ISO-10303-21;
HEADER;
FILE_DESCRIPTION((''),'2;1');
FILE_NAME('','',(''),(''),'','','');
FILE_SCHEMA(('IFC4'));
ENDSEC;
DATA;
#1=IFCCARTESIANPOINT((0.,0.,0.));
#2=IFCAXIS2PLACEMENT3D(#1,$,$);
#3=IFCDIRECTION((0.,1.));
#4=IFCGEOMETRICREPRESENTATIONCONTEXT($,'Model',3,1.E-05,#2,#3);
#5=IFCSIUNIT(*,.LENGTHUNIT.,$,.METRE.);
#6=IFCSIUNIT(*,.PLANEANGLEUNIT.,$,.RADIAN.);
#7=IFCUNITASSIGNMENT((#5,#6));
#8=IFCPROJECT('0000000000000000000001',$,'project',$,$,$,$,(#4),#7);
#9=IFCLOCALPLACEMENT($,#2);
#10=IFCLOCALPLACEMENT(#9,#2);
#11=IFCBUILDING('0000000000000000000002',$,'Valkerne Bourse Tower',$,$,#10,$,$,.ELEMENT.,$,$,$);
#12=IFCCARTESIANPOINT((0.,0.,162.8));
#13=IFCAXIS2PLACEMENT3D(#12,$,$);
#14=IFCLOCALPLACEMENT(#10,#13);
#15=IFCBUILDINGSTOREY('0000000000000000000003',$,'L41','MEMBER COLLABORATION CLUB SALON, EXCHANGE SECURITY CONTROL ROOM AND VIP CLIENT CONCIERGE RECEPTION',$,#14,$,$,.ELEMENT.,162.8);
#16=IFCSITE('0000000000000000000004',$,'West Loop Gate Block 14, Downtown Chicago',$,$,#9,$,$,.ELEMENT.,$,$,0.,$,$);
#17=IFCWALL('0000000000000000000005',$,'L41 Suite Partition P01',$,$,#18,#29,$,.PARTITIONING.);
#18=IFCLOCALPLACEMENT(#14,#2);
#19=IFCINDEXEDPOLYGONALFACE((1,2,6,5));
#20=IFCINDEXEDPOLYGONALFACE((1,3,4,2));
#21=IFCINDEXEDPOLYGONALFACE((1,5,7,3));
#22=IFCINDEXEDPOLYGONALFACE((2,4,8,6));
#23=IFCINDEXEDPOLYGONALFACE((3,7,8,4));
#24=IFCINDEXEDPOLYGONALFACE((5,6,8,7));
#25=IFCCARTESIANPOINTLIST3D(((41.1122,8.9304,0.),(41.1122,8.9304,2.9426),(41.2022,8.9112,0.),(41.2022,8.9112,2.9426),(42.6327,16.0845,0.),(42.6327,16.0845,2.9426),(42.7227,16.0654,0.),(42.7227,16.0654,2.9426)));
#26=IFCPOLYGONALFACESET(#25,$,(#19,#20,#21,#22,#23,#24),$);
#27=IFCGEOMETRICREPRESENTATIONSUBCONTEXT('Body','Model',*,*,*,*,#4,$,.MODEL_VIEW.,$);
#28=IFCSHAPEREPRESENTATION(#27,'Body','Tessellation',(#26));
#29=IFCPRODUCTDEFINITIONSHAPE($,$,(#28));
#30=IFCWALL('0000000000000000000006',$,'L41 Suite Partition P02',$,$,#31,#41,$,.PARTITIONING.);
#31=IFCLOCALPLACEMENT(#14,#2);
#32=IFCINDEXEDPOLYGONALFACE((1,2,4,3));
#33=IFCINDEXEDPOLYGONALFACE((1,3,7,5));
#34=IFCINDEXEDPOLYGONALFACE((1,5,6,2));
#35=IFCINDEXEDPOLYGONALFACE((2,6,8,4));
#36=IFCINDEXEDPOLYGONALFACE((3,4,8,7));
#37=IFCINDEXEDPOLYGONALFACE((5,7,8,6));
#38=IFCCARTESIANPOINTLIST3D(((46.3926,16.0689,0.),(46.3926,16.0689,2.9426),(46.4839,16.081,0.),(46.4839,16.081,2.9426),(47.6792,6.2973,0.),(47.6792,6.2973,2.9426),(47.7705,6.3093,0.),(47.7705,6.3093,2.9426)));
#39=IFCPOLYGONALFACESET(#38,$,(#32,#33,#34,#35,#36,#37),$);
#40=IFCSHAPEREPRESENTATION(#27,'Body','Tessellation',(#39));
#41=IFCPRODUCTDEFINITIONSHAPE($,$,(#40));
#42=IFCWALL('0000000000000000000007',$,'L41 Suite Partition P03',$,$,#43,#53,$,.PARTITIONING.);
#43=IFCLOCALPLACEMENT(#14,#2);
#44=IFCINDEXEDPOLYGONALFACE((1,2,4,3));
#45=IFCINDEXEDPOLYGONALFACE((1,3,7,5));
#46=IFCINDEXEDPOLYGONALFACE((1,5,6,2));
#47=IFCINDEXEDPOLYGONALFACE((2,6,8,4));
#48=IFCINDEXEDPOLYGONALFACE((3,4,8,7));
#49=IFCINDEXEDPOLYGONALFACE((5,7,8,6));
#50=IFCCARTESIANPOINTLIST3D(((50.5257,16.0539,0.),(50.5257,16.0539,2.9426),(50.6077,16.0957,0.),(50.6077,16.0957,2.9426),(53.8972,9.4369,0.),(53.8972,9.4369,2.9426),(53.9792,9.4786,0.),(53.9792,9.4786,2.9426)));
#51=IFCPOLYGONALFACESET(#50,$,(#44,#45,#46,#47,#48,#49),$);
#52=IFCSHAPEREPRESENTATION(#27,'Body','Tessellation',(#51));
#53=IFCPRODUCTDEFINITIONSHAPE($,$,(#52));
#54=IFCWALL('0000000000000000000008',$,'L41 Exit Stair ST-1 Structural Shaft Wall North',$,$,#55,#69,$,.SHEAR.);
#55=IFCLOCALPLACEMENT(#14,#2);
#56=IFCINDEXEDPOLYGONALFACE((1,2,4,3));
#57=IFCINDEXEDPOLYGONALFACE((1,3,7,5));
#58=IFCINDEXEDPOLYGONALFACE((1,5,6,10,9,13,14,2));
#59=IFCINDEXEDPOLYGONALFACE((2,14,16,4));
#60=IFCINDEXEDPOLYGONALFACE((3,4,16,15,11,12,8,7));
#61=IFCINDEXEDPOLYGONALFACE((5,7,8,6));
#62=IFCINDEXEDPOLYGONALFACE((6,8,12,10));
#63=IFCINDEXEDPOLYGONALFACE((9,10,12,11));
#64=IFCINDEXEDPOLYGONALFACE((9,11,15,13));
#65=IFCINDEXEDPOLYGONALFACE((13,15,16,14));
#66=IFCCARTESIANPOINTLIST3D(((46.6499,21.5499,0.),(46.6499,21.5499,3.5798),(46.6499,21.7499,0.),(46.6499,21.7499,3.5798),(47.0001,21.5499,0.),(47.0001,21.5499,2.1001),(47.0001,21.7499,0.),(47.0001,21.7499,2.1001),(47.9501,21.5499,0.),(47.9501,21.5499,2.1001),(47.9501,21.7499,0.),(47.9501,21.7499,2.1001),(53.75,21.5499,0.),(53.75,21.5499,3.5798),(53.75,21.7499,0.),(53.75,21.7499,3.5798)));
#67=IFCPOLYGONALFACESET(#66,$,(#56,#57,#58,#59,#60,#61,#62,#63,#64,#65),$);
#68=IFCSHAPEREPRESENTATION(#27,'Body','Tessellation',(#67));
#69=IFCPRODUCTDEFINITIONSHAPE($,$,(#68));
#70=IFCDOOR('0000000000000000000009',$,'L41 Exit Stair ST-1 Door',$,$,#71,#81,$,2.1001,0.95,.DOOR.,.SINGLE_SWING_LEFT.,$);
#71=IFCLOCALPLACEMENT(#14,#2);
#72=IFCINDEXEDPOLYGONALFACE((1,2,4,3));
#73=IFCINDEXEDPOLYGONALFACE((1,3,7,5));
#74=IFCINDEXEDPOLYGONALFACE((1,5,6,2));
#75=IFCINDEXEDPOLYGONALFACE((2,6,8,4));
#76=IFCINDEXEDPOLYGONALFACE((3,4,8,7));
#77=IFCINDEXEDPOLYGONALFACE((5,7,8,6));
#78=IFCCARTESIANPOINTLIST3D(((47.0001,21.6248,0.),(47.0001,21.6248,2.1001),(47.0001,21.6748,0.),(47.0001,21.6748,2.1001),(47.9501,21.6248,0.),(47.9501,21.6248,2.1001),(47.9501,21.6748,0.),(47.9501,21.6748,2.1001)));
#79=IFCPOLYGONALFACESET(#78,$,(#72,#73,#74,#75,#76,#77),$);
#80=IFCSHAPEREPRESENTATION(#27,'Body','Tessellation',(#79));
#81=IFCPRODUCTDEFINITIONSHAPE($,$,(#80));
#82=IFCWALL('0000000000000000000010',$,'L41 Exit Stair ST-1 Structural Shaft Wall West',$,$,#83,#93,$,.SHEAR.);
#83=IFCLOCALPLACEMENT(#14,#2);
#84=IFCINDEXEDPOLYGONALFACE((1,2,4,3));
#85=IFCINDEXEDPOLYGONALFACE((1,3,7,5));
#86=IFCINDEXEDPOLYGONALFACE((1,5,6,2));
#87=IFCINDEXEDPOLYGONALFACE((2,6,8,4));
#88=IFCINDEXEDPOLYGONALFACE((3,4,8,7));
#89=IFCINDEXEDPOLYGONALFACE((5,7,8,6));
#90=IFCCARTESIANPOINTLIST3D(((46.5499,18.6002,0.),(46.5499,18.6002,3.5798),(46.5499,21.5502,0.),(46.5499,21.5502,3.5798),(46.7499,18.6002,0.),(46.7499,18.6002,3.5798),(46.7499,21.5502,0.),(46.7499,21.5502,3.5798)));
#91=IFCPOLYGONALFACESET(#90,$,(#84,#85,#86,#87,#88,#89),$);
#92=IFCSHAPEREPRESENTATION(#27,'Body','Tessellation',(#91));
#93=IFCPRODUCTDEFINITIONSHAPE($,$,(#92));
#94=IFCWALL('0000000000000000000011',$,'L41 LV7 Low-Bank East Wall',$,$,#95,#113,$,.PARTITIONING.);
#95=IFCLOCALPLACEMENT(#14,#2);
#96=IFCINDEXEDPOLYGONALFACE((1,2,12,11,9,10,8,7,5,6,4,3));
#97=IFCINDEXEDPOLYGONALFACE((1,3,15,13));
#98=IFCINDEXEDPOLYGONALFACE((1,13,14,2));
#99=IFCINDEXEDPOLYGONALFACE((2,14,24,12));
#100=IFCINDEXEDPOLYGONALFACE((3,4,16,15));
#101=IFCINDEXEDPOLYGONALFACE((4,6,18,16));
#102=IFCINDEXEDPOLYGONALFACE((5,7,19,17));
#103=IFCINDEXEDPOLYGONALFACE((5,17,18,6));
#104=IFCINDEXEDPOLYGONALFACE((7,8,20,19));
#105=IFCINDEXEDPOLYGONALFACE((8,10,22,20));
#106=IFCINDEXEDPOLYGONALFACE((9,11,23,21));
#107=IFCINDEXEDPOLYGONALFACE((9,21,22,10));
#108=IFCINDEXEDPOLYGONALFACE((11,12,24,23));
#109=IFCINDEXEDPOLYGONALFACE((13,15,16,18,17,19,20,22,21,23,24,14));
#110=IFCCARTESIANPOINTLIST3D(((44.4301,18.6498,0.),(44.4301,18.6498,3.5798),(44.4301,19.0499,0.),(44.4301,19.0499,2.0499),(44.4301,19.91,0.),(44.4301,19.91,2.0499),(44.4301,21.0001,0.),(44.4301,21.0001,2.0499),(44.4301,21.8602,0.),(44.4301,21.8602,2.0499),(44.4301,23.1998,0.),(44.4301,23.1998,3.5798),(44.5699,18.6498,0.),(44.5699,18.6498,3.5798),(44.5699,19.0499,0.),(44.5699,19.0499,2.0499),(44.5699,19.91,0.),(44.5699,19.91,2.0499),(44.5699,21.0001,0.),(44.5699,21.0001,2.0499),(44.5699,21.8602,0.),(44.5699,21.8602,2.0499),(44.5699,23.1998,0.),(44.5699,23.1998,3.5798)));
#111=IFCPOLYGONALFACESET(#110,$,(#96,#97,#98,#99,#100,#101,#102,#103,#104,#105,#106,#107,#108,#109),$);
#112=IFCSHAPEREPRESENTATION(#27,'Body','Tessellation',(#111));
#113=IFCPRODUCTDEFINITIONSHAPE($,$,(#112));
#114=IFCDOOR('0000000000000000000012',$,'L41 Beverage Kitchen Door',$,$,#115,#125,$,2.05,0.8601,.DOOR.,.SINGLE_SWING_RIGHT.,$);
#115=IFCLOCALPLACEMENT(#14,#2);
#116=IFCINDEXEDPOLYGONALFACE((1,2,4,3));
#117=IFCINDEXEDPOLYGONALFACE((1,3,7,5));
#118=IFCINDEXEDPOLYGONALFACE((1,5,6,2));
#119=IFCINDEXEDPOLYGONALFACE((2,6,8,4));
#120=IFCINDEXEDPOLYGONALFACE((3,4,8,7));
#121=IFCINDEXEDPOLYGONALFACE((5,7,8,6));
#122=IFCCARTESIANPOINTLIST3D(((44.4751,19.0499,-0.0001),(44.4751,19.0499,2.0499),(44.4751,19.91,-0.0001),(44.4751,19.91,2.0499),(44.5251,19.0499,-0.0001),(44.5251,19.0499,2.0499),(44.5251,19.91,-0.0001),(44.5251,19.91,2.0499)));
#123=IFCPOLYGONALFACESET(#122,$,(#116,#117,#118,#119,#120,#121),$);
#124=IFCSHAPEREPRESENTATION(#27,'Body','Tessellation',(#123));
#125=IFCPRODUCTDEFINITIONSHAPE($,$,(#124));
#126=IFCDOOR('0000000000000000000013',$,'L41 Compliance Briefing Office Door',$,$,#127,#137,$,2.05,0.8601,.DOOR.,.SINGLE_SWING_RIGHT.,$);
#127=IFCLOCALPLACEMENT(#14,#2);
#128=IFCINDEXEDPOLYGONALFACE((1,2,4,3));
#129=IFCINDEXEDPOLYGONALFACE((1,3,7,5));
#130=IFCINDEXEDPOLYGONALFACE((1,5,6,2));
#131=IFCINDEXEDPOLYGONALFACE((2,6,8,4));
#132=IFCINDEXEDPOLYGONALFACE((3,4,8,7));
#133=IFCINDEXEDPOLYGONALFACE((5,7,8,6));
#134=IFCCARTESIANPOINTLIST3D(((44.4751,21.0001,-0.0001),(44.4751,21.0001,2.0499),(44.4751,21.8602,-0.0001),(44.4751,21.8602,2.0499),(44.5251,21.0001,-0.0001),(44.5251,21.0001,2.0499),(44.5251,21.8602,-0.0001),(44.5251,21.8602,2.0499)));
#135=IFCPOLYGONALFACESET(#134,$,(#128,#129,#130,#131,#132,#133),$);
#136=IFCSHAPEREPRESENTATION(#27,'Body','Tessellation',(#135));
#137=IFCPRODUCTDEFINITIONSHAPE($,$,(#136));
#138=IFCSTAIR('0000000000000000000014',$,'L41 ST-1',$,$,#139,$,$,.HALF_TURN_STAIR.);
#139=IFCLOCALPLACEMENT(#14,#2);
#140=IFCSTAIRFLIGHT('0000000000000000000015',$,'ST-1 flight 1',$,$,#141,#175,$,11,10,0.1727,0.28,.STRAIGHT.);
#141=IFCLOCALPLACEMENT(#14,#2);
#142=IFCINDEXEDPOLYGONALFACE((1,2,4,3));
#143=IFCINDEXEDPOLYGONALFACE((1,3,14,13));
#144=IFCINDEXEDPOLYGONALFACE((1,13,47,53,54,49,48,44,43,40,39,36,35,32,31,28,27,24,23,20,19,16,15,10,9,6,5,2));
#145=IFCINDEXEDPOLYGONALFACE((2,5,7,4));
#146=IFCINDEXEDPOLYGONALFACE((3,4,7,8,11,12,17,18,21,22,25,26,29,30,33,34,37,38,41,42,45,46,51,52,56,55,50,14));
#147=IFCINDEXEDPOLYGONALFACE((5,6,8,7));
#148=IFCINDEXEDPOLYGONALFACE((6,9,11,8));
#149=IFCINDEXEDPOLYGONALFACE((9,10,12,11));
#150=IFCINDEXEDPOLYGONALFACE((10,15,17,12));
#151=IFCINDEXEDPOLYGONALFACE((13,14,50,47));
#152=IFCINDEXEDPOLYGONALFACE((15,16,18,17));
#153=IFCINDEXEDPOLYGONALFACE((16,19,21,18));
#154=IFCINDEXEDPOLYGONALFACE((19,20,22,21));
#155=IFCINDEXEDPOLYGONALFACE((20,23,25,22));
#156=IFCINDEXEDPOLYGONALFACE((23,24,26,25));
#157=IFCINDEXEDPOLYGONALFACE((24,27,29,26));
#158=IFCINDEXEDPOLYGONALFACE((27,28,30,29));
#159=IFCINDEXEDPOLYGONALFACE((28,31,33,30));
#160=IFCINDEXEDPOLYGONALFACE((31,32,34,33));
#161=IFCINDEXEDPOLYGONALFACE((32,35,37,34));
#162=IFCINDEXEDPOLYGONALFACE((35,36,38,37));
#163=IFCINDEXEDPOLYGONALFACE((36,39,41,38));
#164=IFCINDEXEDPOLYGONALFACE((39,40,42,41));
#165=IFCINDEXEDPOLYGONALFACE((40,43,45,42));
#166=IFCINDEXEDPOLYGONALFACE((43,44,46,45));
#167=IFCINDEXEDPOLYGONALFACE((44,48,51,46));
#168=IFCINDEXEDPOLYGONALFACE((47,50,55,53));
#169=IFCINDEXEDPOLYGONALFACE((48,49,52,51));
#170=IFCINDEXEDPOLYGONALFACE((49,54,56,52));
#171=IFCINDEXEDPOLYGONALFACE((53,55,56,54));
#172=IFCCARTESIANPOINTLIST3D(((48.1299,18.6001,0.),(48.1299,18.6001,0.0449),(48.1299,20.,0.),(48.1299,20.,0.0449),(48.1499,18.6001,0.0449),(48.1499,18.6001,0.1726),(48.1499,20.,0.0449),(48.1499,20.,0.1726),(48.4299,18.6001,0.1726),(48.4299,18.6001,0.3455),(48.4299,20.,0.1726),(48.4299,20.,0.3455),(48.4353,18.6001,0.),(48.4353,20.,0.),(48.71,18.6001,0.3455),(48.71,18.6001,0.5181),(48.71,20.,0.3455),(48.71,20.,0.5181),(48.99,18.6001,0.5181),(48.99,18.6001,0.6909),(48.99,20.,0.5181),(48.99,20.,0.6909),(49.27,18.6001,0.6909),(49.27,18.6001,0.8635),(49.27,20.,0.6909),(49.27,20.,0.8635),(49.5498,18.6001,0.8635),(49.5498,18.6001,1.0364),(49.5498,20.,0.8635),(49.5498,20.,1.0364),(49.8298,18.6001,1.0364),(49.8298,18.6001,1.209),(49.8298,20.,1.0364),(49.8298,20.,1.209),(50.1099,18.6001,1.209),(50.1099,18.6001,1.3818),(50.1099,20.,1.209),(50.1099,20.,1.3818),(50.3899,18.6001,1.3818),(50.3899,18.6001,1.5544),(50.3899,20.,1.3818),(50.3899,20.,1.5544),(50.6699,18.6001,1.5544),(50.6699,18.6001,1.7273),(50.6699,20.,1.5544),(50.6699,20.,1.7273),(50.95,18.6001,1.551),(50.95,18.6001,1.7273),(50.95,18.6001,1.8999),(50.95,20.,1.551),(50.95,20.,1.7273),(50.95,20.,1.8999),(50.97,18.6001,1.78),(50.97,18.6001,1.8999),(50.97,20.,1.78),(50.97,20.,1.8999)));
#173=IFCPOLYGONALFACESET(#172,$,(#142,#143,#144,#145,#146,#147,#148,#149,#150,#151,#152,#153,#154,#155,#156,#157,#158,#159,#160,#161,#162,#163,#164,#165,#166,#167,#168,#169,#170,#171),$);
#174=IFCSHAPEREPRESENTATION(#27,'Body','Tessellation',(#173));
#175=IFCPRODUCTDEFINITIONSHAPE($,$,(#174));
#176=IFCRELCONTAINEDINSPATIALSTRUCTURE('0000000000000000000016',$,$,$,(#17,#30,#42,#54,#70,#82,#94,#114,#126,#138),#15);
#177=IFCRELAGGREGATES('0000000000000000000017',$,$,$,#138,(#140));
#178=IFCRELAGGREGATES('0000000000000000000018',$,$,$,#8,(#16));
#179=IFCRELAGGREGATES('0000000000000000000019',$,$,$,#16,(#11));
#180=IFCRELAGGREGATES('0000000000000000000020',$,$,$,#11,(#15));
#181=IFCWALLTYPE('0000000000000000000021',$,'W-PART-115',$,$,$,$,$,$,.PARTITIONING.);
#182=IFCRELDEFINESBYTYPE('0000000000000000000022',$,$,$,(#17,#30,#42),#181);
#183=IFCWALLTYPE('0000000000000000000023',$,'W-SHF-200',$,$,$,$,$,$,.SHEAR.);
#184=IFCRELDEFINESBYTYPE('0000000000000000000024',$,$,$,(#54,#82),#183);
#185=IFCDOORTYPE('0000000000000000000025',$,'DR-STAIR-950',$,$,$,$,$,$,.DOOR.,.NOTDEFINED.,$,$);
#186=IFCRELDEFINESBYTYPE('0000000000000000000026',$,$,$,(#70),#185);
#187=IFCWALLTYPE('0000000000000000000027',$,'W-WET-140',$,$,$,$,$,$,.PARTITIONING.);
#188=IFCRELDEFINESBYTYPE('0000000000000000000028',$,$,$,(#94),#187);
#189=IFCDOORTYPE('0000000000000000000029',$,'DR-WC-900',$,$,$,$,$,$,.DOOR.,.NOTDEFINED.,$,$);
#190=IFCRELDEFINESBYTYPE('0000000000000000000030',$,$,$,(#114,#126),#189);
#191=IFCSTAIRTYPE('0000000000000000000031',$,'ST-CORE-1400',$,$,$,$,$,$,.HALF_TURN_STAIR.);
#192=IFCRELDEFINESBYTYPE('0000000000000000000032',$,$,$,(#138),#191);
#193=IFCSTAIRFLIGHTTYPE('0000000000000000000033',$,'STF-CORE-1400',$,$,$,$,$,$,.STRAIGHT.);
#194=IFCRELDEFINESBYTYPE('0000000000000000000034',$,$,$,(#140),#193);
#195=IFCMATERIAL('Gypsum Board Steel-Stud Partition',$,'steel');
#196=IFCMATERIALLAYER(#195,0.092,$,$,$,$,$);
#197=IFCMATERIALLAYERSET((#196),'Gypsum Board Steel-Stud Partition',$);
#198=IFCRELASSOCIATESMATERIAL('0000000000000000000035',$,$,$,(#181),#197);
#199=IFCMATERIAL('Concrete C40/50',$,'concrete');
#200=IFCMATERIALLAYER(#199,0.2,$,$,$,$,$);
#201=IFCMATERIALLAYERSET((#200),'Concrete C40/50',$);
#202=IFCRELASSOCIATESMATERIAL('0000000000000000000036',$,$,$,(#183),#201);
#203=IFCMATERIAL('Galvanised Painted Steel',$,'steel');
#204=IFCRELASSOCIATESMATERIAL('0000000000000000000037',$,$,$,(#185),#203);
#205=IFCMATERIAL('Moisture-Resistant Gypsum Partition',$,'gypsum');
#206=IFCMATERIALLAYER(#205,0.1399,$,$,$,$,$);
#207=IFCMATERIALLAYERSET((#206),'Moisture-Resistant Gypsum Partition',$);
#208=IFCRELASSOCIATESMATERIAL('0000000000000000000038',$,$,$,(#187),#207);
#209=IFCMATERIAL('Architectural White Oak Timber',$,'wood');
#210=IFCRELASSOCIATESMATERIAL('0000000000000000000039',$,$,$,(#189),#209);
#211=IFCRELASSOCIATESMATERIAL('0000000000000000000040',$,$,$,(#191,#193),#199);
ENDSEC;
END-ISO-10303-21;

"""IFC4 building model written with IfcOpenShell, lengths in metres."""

from ifc_helpers import new_model, si_unit, direction, frame, frame_2d, origin, place, context, subcontext, project, spatial, polyline, rectangle, outline, extrude, material, layer, layer_set, type_object, element, fill, aggregate, save


model = new_model("IFC4")

# Units and contexts
model_context = context("Model", 3, precision=1e-05, world=origin(), true_north=direction((0.0, 1.0)))
body_context = subcontext(model_context, "Body", "Model", "MODEL_VIEW")
ifc_project = project(units=[si_unit("LENGTHUNIT", "METRE"), si_unit("PLANEANGLEUNIT", "RADIAN")], contexts=[model_context])

# Site, building, storey
site_placement = place(None, origin())
site = spatial("IfcSite", under=ifc_project, at=site_placement, Name="West Loop Gate Block 14, Downtown Chicago", CompositionType="ELEMENT", RefElevation=0.0)
building_placement = place(site_placement, origin())
building = spatial("IfcBuilding", under=site, at=building_placement, Name="Valkerne Bourse Tower", CompositionType="ELEMENT")
storey_placement = place(building_placement, frame((0.0, 0.0, 162.8)))
storey = spatial("IfcBuildingStorey", under=building, at=storey_placement, Name="L41", Description="MEMBER COLLABORATION CLUB SALON, EXCHANGE SECURITY CONTROL ROOM AND VIP CLIENT CONCIERGE RECEPTION", CompositionType="ELEMENT", Elevation=162.8)

# Shared definitions
ifc_material_1 = material(Name="Galvanised Painted Steel", Category="steel")

# Walls
ifc_material_2 = material(Name="Gypsum Board Steel-Stud Partition", Category="steel")
ifc_layer_1 = layer(ifc_material_2, 0.092)
ifc_layer_set_1 = layer_set([ifc_layer_1], Name="Gypsum Board Steel-Stud Partition")
wall_type_1 = type_object("IfcWallType", Name="W-PART-115", PredefinedType="PARTITIONING", material=ifc_layer_set_1)
wall_1_placement = place(storey_placement, frame((42.6777, 16.075, 0.0), z_axis=(0.0, 0.0, 1.0), x_axis=(-0.207894, -0.978151, 0.0)))
element("IfcWall", 1, at=wall_1_placement, inside=storey, type_object=wall_type_1, Name="L41 Suite Partition P01", PredefinedType="PARTITIONING", context=body_context, shape_type="SweptSolid", body=[
    extrude(rectangle(XDim=7.314, YDim=0.092, at=frame_2d((3.657, 0.0))), origin(), (0.0, 0.0, 1.0), 2.9426),
])
wall_2_placement = place(storey_placement, frame((46.4382, 16.075, 0.0), z_axis=(0.0, 0.0, 1.0), x_axis=(0.130541, -0.991443, 0.0)))
element("IfcWall", 2, at=wall_2_placement, inside=storey, type_object=wall_type_1, Name="L41 Suite Partition P02", PredefinedType="PARTITIONING", context=body_context, shape_type="SweptSolid", body=[
    extrude(rectangle(XDim=9.856, YDim=0.092, at=frame_2d((4.928, 0.0))), origin(), (0.0, 0.0, 1.0), 2.9426),
])
wall_3_placement = place(storey_placement, frame((50.5667, 16.075, 0.0), z_axis=(0.0, 0.0, 1.0), x_axis=(0.453986, -0.891009, 0.0)))
element("IfcWall", 3, at=wall_3_placement, inside=storey, type_object=wall_type_1, Name="L41 Suite Partition P03", PredefinedType="PARTITIONING", context=body_context, shape_type="SweptSolid", body=[
    extrude(rectangle(XDim=7.4265, YDim=0.092, at=frame_2d((3.7134, 0.0))), origin(), (0.0, 0.0, 1.0), 2.9426),
])

# Wall, opening, door
ifc_material_3 = material(Name="Concrete C40/50", Category="concrete")
ifc_layer_2 = layer(ifc_material_3, 0.2)
ifc_layer_set_2 = layer_set([ifc_layer_2], Name="Concrete C40/50")
wall_type_2 = type_object("IfcWallType", Name="W-SHF-200", PredefinedType="SHEAR", material=ifc_layer_set_2)
wall_4_placement = place(storey_placement, frame((46.6499, 21.6499, 0.0), z_axis=(0.0, 0.0, 1.0), x_axis=(1.0, 0.0, 0.0)))
wall_4 = element("IfcWall", 4, at=wall_4_placement, inside=storey, type_object=wall_type_2, Name="L41 Exit Stair ST-1 Structural Shaft Wall North", PredefinedType="SHEAR", context=body_context, shape_type="SweptSolid", body=[
    extrude(rectangle(XDim=7.1001, YDim=0.2, at=frame_2d((3.55, 0.0))), origin(), (0.0, 0.0, 1.0), 3.5798),
])
opening_1_placement = place(wall_4_placement, frame((0.3501, 0.0, 0.0)))
opening_1 = element("IfcOpeningElement", 5, at=opening_1_placement, cuts=wall_4, PredefinedType="OPENING", context=body_context, shape_type="SweptSolid", body=[
    extrude(rectangle(XDim=0.95, YDim=2.1001, at=frame_2d((0.4751, 1.05))), frame((0.0, 0.1099, 0.0), z_axis=(0.0, -1.0, 0.0), x_axis=(1.0, 0.0, 0.0)), (0.0, 0.0, 1.0), 0.22),
])
door_type_1 = type_object("IfcDoorType", Name="DR-STAIR-950", OperationType="NOTDEFINED", PredefinedType="DOOR", material=ifc_material_1)
door_1_placement = place(opening_1_placement, origin())
door_1 = element("IfcDoor", 6, at=door_1_placement, inside=storey, type_object=door_type_1, Name="L41 Exit Stair ST-1 Door", OperationType="SINGLE_SWING_LEFT", OverallHeight=2.1001, OverallWidth=0.95, PredefinedType="DOOR", context=body_context, shape_type="SweptSolid", body=[
    extrude(rectangle(XDim=0.95, YDim=2.1001, at=frame_2d((0.4751, 1.05))), frame((0.0, 0.0249, 0.0), z_axis=(0.0, -1.0, 0.0), x_axis=(1.0, 0.0, 0.0)), (0.0, 0.0, 1.0), 0.05),
])
fill(opening_1, door_1)

# Wall
wall_5_placement = place(storey_placement, frame((46.6499, 18.6001, 0.0), z_axis=(0.0, 0.0, 1.0), x_axis=(0.0, 1.0, 0.0)))
element("IfcWall", 7, at=wall_5_placement, inside=storey, type_object=wall_type_2, Name="L41 Exit Stair ST-1 Structural Shaft Wall West", PredefinedType="SHEAR", context=body_context, shape_type="SweptSolid", body=[
    extrude(rectangle(XDim=2.95, YDim=0.2, at=frame_2d((1.4751, 0.0))), origin(), (0.0, 0.0, 1.0), 3.5798),
])

# Wall, openings, doors
ifc_material_4 = material(Name="Moisture-Resistant Gypsum Partition", Category="gypsum")
ifc_layer_3 = layer(ifc_material_4, 0.1399)
ifc_layer_set_3 = layer_set([ifc_layer_3], Name="Moisture-Resistant Gypsum Partition")
wall_type_3 = type_object("IfcWallType", Name="W-WET-140", PredefinedType="PARTITIONING", material=ifc_layer_set_3)
wall_6_placement = place(storey_placement, frame((44.5, 18.6499, 0.0), z_axis=(0.0, 0.0, 1.0), x_axis=(0.0, 1.0, 0.0)))
wall_6 = element("IfcWall", 8, at=wall_6_placement, inside=storey, type_object=wall_type_3, Name="L41 LV7 Low-Bank East Wall", PredefinedType="PARTITIONING", context=body_context, shape_type="SweptSolid", body=[
    extrude(rectangle(XDim=4.55, YDim=0.1399, at=frame_2d((2.2749, 0.0))), origin(), (0.0, 0.0, 1.0), 3.5798),
])
opening_2_placement = place(wall_6_placement, frame((0.3999, 0.0, 0.0)))
opening_2 = element("IfcOpeningElement", 9, at=opening_2_placement, cuts=wall_6, PredefinedType="OPENING", context=body_context, shape_type="SweptSolid", body=[
    extrude(rectangle(XDim=0.8601, YDim=2.05, at=frame_2d((0.4302, 1.0249))), frame((0.0, 0.0798, 0.0), z_axis=(0.0, -1.0, 0.0), x_axis=(1.0, 0.0, 0.0)), (0.0, 0.0, 1.0), 0.1599),
])
opening_3_placement = place(wall_6_placement, frame((2.3501, 0.0, 0.0)))
opening_3 = element("IfcOpeningElement", 10, at=opening_3_placement, cuts=wall_6, PredefinedType="OPENING", context=body_context, shape_type="SweptSolid", body=[
    extrude(rectangle(XDim=0.8601, YDim=2.05, at=frame_2d((0.4302, 1.0249))), frame((0.0, 0.0798, 0.0), z_axis=(0.0, -1.0, 0.0), x_axis=(1.0, 0.0, 0.0)), (0.0, 0.0, 1.0), 0.1599),
])
ifc_material_5 = material(Name="Architectural White Oak Timber", Category="wood")
door_type_2 = type_object("IfcDoorType", Name="DR-WC-900", OperationType="NOTDEFINED", PredefinedType="DOOR", material=ifc_material_5)
door_2_placement = place(opening_2_placement, origin())
door_2 = element("IfcDoor", 11, at=door_2_placement, inside=storey, type_object=door_type_2, Name="L41 Beverage Kitchen Door", OperationType="SINGLE_SWING_RIGHT", OverallHeight=2.05, OverallWidth=0.8601, PredefinedType="DOOR", context=body_context, shape_type="SweptSolid", body=[
    extrude(rectangle(XDim=0.8601, YDim=2.05, at=frame_2d((0.4302, 1.0249))), frame((0.0, 0.0249, 0.0), z_axis=(0.0, -1.0, 0.0), x_axis=(1.0, 0.0, 0.0)), (0.0, 0.0, 1.0), 0.05),
])
fill(opening_2, door_2)
door_3_placement = place(opening_3_placement, origin())
door_3 = element("IfcDoor", 12, at=door_3_placement, inside=storey, type_object=door_type_2, Name="L41 Compliance Briefing Office Door", OperationType="SINGLE_SWING_RIGHT", OverallHeight=2.05, OverallWidth=0.8601, PredefinedType="DOOR", context=body_context, shape_type="SweptSolid", body=[
    extrude(rectangle(XDim=0.8601, YDim=2.05, at=frame_2d((0.4302, 1.0249))), frame((0.0, 0.0249, 0.0), z_axis=(0.0, -1.0, 0.0), x_axis=(1.0, 0.0, 0.0)), (0.0, 0.0, 1.0), 0.05),
])
fill(opening_3, door_3)

# Stair, stair flight
stair_type = type_object("IfcStairType", Name="ST-CORE-1400", PredefinedType="HALF_TURN_STAIR", material=ifc_material_3)
stair_placement = place(storey_placement, origin())
stair = element("IfcStair", 13, at=stair_placement, inside=storey, type_object=stair_type, Name="L41 ST-1", PredefinedType="HALF_TURN_STAIR")
stair_flight_type = type_object("IfcStairFlightType", Name="STF-CORE-1400", PredefinedType="STRAIGHT", material=ifc_material_3)
stair_flight_1_placement = place(storey_placement, frame((48.1499, 19.3, 0.0), z_axis=(0.0, 0.0, 1.0), x_axis=(1.0, 0.0, 0.0)))
stair_flight_1 = element("IfcStairFlight", 14, at=stair_flight_1_placement, type_object=stair_flight_type, Name="ST-1 flight 1", NumberOfRisers=11, NumberOfTreads=10, PredefinedType="STRAIGHT", RiserHeight=0.1727, TreadLength=0.28, context=body_context, shape_type="SweptSolid", body=[
    extrude(outline(polyline([(-0.02, 0.0), (-0.02, 0.0449), (0.0, 0.0449), (0.0, 0.1726), (0.28, 0.1726), (0.28, 0.3455), (0.5601, 0.3455), (0.5601, 0.5181), (0.8401, 0.5181), (0.8401, 0.6909), (1.1201, 0.6909), (1.1201, 0.8635), (1.3999, 0.8635), (1.3999, 1.0364), (1.6799, 1.0364), (1.6799, 1.209), (1.96, 1.209), (1.96, 1.3818), (2.24, 1.3818), (2.24, 1.5544), (2.52, 1.5544), (2.52, 1.7273), (2.8, 1.7273), (2.8, 1.8999), (2.8201, 1.8999), (2.8201, 1.78), (2.8, 1.551), (0.2854, 0.0), (-0.02, 0.0)])), frame((0.0, 0.7, 0.0), z_axis=(0.0, -1.0, 0.0), x_axis=(1.0, 0.0, 0.0)), (0.0, 0.0, 1.0), 1.3999),
])
aggregate(stair, [stair_flight_1])

save(model, "model.ifc")
